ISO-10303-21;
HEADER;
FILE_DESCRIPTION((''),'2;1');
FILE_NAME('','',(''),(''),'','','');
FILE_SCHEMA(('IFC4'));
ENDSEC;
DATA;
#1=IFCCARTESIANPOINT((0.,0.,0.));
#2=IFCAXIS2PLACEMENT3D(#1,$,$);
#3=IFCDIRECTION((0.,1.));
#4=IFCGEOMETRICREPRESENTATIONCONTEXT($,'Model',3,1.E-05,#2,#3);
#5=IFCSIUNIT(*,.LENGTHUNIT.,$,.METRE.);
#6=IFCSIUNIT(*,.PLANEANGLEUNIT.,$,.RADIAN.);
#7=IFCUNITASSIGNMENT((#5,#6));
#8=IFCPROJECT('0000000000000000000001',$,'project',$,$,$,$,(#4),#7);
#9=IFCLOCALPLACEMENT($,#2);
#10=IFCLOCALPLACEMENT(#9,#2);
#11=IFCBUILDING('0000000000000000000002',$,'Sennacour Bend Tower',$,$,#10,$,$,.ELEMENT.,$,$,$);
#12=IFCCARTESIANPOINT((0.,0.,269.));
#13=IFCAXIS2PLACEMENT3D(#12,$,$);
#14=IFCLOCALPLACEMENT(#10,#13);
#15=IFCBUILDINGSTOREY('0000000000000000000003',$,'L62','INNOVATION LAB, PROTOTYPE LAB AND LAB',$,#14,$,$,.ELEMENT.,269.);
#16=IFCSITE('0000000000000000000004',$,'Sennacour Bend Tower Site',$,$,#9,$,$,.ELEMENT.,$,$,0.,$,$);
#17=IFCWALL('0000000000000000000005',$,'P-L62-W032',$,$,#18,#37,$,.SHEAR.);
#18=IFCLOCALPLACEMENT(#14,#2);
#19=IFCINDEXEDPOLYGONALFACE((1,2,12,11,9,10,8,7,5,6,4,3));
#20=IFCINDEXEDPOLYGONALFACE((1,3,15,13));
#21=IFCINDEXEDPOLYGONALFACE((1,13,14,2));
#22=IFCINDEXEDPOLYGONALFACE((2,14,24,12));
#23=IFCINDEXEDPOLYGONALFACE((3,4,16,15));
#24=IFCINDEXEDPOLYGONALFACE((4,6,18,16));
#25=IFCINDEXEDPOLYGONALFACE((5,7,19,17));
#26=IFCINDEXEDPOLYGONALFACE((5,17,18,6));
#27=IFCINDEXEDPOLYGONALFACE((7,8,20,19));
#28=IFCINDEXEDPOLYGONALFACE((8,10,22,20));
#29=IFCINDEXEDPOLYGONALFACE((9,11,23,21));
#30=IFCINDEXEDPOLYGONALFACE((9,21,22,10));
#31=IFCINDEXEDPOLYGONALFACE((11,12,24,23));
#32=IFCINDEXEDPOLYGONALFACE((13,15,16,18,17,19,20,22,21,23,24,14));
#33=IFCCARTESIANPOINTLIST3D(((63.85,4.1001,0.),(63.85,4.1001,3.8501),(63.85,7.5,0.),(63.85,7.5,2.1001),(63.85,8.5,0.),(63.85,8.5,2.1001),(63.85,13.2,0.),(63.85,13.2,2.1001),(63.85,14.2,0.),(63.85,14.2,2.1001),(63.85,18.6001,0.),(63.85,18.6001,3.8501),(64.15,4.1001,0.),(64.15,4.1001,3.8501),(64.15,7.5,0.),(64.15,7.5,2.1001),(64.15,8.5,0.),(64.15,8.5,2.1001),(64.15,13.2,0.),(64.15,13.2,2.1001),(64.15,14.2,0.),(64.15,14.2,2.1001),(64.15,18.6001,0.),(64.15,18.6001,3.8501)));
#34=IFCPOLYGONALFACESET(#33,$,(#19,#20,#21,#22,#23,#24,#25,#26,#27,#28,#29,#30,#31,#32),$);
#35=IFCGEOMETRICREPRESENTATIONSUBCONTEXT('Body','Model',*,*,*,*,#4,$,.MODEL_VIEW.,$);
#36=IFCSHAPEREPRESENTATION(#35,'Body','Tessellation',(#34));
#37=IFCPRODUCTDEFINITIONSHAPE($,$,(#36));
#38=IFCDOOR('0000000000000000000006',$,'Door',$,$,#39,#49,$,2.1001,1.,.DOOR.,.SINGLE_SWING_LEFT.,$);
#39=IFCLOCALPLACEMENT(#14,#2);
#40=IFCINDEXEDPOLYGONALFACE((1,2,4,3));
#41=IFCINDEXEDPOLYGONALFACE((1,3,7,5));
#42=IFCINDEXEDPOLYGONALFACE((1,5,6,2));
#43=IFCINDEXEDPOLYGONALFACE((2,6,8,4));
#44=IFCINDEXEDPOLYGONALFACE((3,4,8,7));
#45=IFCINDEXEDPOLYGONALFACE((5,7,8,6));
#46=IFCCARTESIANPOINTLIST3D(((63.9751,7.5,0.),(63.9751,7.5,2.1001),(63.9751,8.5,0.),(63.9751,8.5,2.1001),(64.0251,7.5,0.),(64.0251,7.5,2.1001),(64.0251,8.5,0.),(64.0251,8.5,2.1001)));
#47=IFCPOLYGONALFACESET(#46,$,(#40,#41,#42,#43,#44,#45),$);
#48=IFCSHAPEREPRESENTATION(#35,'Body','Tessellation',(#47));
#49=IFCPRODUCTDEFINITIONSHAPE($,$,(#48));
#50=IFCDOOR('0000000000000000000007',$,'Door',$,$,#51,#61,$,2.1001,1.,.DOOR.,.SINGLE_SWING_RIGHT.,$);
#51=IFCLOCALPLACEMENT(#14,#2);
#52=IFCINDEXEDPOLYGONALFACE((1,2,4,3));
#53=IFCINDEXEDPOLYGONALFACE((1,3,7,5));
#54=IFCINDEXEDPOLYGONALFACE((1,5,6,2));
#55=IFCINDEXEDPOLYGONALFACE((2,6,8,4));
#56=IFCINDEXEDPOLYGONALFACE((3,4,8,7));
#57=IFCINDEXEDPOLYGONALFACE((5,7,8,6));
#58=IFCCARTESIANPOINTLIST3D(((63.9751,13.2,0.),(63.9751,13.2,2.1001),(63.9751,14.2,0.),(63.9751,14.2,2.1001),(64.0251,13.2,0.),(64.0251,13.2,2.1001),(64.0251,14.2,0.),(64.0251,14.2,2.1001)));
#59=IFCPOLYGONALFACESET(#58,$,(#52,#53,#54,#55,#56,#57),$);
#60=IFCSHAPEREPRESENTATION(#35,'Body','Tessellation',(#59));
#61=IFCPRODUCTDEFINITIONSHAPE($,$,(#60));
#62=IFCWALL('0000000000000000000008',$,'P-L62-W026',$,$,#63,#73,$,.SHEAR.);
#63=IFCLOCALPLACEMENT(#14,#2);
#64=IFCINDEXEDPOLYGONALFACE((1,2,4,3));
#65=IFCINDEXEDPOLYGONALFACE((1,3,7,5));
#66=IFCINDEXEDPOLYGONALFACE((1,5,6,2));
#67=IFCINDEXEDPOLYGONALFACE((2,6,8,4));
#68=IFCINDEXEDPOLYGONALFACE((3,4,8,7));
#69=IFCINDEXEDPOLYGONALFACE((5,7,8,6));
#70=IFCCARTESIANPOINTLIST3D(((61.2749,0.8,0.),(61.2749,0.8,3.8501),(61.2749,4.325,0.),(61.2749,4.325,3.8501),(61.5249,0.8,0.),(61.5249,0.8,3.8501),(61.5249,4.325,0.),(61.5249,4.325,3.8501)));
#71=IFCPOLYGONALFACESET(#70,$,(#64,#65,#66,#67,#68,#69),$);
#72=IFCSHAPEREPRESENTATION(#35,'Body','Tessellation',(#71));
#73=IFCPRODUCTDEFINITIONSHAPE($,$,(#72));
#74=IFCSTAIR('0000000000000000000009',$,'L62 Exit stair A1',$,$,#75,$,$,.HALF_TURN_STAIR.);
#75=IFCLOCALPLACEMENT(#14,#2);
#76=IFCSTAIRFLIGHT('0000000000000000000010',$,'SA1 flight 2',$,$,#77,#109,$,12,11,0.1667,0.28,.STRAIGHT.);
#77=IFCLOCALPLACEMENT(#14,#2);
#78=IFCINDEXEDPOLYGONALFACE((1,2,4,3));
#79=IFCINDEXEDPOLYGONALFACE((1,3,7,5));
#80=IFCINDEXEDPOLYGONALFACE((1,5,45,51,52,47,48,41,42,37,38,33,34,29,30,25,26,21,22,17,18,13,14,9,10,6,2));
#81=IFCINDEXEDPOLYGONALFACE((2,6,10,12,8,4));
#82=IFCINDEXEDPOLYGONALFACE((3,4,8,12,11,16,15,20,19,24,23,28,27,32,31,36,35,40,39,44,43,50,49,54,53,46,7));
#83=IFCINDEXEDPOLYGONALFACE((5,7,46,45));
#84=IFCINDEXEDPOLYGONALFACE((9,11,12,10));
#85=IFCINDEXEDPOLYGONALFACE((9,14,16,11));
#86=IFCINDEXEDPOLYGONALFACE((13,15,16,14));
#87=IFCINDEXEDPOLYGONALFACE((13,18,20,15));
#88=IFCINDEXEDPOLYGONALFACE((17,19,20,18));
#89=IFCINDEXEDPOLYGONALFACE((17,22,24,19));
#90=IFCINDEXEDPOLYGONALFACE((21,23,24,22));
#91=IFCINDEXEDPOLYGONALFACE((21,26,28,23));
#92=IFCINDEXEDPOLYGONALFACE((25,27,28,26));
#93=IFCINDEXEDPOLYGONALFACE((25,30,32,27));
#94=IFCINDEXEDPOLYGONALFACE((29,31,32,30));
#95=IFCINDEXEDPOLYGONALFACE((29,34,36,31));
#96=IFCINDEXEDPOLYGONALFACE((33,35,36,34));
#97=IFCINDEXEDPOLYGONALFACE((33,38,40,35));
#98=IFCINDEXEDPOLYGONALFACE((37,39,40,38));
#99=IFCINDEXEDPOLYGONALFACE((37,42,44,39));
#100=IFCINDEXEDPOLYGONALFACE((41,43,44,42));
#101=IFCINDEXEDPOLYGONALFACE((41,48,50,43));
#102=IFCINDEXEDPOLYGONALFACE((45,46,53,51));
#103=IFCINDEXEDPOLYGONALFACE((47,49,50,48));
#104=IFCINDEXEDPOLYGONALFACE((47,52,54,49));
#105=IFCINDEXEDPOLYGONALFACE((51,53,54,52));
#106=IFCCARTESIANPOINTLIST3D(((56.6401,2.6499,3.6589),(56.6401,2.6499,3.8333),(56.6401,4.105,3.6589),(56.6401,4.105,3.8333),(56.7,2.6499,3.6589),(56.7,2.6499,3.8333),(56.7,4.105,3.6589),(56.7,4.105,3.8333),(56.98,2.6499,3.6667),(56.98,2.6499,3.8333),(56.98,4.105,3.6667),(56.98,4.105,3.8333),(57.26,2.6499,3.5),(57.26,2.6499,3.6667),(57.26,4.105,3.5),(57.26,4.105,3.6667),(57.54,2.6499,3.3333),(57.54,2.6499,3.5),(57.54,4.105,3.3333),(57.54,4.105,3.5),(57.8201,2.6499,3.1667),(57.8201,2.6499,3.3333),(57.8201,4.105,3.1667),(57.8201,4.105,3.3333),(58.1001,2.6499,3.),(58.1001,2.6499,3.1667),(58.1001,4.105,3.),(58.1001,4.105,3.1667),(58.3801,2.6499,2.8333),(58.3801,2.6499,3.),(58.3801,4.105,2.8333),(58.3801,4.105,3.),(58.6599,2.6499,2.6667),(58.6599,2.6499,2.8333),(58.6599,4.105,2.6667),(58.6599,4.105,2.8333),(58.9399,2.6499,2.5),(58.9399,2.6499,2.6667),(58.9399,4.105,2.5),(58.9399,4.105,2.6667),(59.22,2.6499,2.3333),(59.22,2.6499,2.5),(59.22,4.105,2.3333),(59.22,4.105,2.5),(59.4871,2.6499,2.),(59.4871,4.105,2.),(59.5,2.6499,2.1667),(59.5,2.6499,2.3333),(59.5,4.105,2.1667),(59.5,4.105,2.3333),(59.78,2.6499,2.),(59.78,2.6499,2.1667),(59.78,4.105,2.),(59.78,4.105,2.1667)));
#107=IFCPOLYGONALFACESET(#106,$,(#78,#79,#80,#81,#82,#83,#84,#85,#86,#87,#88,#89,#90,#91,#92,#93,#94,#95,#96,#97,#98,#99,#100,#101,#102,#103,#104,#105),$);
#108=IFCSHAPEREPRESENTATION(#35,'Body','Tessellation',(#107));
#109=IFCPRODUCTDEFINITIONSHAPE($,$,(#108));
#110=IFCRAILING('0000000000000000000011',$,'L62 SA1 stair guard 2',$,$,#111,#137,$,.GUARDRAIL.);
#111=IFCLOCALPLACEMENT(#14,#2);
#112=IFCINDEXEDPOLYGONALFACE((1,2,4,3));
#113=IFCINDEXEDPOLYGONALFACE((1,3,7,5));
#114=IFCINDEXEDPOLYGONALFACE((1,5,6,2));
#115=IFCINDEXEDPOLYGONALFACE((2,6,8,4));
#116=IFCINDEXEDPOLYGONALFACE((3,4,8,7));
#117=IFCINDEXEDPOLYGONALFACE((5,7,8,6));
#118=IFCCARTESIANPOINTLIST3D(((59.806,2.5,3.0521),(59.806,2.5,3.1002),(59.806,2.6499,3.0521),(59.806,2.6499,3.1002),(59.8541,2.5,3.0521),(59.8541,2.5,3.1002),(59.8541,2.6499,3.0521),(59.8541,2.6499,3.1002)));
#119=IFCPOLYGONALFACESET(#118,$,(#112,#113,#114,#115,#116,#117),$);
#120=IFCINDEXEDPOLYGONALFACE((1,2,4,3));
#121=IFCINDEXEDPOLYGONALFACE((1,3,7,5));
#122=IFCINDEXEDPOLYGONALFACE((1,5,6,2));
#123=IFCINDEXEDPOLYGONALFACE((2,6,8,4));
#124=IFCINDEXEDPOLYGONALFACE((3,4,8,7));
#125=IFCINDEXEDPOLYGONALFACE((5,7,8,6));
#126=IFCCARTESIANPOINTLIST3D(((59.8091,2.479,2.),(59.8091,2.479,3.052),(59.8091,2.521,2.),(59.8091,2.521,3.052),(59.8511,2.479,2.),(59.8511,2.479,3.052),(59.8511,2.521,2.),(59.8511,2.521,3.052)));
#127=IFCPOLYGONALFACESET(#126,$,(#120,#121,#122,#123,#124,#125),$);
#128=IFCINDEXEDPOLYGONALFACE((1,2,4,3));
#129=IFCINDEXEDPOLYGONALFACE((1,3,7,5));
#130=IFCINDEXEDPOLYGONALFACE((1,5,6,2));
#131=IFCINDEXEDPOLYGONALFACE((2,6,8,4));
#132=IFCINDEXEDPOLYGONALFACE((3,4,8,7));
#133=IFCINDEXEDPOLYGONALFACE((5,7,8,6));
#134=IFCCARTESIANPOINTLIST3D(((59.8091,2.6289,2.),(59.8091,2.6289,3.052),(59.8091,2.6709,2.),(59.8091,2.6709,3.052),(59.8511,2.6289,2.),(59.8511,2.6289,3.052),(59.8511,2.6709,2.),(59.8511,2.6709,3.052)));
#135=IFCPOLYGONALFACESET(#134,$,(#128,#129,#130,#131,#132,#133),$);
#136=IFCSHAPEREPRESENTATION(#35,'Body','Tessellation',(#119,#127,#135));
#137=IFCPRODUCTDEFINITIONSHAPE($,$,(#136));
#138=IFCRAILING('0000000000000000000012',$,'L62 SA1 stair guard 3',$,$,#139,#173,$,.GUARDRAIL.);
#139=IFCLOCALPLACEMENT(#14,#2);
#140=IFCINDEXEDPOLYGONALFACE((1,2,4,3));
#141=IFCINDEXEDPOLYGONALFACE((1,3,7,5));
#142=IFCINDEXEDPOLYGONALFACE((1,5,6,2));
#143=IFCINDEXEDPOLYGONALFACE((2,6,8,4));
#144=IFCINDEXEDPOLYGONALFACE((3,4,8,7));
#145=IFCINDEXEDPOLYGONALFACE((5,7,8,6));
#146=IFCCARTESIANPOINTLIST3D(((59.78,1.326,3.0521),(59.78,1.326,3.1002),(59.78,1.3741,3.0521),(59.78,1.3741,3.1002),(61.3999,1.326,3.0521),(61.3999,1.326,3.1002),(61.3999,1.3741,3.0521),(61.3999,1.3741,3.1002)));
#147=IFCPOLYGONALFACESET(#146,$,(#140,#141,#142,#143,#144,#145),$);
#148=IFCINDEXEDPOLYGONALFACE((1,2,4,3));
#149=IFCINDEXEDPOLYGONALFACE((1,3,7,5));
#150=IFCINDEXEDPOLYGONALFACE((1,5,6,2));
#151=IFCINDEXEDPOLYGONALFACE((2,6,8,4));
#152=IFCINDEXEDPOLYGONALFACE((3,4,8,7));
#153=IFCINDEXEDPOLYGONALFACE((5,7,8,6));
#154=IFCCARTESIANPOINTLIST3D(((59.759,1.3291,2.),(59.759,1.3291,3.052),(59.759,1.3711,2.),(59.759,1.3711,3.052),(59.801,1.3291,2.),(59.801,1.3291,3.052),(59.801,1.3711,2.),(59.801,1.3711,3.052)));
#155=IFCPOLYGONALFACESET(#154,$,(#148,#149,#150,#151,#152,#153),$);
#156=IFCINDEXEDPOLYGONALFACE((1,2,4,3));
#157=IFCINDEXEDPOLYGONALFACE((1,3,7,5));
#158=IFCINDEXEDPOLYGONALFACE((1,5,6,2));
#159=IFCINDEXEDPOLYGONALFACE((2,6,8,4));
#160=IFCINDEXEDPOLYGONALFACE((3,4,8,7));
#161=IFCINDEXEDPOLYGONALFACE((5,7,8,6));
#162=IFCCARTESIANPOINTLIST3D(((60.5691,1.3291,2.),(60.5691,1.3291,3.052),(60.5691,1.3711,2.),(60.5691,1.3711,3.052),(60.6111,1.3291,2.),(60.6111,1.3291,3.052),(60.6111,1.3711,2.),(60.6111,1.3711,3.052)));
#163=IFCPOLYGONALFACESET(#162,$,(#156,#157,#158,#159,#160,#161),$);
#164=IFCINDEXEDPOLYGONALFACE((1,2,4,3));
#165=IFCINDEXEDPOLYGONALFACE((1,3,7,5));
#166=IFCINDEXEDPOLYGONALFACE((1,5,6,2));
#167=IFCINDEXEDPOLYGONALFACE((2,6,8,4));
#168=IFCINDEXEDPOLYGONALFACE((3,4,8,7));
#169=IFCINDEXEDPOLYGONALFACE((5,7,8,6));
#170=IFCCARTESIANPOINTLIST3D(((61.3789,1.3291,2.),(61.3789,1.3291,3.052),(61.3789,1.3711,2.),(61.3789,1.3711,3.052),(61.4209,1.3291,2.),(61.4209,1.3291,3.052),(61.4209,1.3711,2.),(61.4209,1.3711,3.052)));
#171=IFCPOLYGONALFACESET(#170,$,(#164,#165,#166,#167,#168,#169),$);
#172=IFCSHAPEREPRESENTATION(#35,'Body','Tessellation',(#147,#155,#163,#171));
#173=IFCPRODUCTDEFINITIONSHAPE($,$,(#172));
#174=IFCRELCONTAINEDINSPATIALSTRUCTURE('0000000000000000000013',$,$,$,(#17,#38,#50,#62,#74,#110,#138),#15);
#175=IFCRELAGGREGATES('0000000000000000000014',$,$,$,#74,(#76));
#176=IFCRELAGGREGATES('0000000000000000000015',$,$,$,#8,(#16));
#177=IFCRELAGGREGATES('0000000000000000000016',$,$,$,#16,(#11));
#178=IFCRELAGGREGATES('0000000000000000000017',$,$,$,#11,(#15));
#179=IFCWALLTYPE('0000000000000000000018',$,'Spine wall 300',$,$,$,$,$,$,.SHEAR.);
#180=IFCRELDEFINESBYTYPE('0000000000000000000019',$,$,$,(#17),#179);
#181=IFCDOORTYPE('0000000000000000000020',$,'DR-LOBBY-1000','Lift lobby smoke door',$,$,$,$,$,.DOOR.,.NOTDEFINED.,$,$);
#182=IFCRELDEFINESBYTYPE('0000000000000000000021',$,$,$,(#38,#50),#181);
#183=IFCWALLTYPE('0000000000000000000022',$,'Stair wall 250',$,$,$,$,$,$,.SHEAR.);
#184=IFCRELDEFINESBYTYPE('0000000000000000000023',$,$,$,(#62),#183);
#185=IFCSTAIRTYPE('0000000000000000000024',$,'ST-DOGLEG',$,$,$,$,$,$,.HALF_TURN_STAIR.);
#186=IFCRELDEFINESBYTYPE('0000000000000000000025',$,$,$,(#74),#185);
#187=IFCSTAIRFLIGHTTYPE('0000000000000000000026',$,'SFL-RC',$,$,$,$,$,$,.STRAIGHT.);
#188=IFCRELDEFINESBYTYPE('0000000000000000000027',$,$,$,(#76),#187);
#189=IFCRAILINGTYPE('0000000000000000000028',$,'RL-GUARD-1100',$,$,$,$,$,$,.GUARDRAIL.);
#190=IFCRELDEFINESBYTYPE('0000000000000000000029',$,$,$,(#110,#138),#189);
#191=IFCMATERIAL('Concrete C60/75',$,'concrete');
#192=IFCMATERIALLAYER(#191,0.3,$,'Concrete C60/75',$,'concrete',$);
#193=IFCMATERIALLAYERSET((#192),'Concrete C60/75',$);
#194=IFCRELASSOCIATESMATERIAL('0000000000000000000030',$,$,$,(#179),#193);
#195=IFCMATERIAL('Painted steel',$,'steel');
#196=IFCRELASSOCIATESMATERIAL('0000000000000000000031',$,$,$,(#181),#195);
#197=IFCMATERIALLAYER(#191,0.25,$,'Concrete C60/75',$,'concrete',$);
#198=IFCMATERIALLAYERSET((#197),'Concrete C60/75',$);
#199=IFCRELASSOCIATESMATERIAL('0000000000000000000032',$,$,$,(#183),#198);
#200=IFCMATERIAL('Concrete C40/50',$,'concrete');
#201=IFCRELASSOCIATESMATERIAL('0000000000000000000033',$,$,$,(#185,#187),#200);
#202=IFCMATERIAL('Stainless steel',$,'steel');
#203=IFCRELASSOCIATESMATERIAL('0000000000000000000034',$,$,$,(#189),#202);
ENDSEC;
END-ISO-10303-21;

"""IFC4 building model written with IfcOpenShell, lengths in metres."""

from ifc_helpers import new_model, si_unit, direction, frame, frame_2d, origin, origin_2d, place, context, subcontext, project, spatial, polyline, rectangle, outline, extrude, material, layer, layer_set, type_object, element, fill, aggregate, save


model = new_model("IFC4")

# Units and contexts
model_context = context("Model", 3, precision=1e-05, world=origin(), true_north=direction((0.0, 1.0)))
body_context = subcontext(model_context, "Body", "Model", "MODEL_VIEW")
ifc_project = project(units=[si_unit("LENGTHUNIT", "METRE"), si_unit("PLANEANGLEUNIT", "RADIAN")], contexts=[model_context])

# Site, building, storey
site_placement = place(None, origin())
site = spatial("IfcSite", under=ifc_project, at=site_placement, Name="Sennacour Bend Tower Site", CompositionType="ELEMENT", RefElevation=0.0)
building_placement = place(site_placement, origin())
building = spatial("IfcBuilding", under=site, at=building_placement, Name="Sennacour Bend Tower", CompositionType="ELEMENT")
storey_placement = place(building_placement, frame((0.0, 0.0, 269.0)))
storey = spatial("IfcBuildingStorey", under=building, at=storey_placement, Name="L62", Description="INNOVATION LAB, PROTOTYPE LAB AND LAB", CompositionType="ELEMENT", Elevation=269.0)

# Shared definitions
ifc_material_1 = material(Name="Painted steel", Category="steel")

# Wall, openings, doors
ifc_material_2 = material(Name="Concrete C60/75", Category="concrete")
ifc_layer_1 = layer(ifc_material_2, 0.3, Name="Concrete C60/75", Category="concrete")
ifc_layer_set_1 = layer_set([ifc_layer_1], Name="Concrete C60/75")
wall_type_1 = type_object("IfcWallType", Name="Spine wall 300", PredefinedType="SHEAR", material=ifc_layer_set_1)
wall_1_placement = place(storey_placement, frame((64.0, 4.1001, 0.0), z_axis=(0.0, 0.0, 1.0), x_axis=(0.0, 1.0, 0.0)))
wall_1 = element("IfcWall", 1, at=wall_1_placement, inside=storey, type_object=wall_type_1, Name="P-L62-W032", PredefinedType="SHEAR", context=body_context, shape_type="SweptSolid", body=[
    extrude(rectangle(XDim=14.5, YDim=0.3, at=frame_2d((7.25, 0.0))), origin(), (0.0, 0.0, 1.0), 3.8501),
])
opening_1_placement = place(wall_1_placement, frame((3.3999, 0.0, 0.0)))
opening_1 = element("IfcOpeningElement", 2, at=opening_1_placement, cuts=wall_1, PredefinedType="OPENING", context=body_context, shape_type="SweptSolid", body=[
    extrude(rectangle(XDim=1.0, YDim=2.1001, at=frame_2d((0.5, 1.05))), frame((0.0, 0.1602, 0.0), z_axis=(0.0, -1.0, 0.0), x_axis=(1.0, 0.0, 0.0)), (0.0, 0.0, 1.0), 0.3201),
])
opening_2_placement = place(wall_1_placement, frame((9.0999, 0.0, 0.0)))
opening_2 = element("IfcOpeningElement", 3, at=opening_2_placement, cuts=wall_1, PredefinedType="OPENING", context=body_context, shape_type="SweptSolid", body=[
    extrude(rectangle(XDim=1.0, YDim=2.1001, at=frame_2d((0.5, 1.05))), frame((0.0, 0.1602, 0.0), z_axis=(0.0, -1.0, 0.0), x_axis=(1.0, 0.0, 0.0)), (0.0, 0.0, 1.0), 0.3201),
])
door_type_1 = type_object("IfcDoorType", Name="DR-LOBBY-1000", Description="Lift lobby smoke door", OperationType="NOTDEFINED", PredefinedType="DOOR", material=ifc_material_1)
door_1_placement = place(opening_1_placement, origin())
door_1 = element("IfcDoor", 4, at=door_1_placement, inside=storey, type_object=door_type_1, Name="Door", OperationType="SINGLE_SWING_LEFT", OverallHeight=2.1001, OverallWidth=1.0, PredefinedType="DOOR", context=body_context, shape_type="SweptSolid", body=[
    extrude(rectangle(XDim=1.0, YDim=2.1001, at=frame_2d((0.5, 1.05))), frame((0.0, 0.0249, 0.0), z_axis=(0.0, -1.0, 0.0), x_axis=(1.0, 0.0, 0.0)), (0.0, 0.0, 1.0), 0.05),
])
fill(opening_1, door_1)
door_2_placement = place(opening_2_placement, origin())
door_2 = element("IfcDoor", 5, at=door_2_placement, inside=storey, type_object=door_type_1, Name="Door", OperationType="SINGLE_SWING_RIGHT", OverallHeight=2.1001, OverallWidth=1.0, PredefinedType="DOOR", context=body_context, shape_type="SweptSolid", body=[
    extrude(rectangle(XDim=1.0, YDim=2.1001, at=frame_2d((0.5, 1.05))), frame((0.0, 0.0249, 0.0), z_axis=(0.0, -1.0, 0.0), x_axis=(1.0, 0.0, 0.0)), (0.0, 0.0, 1.0), 0.05),
])
fill(opening_2, door_2)

# Wall
ifc_layer_2 = layer(ifc_material_2, 0.25, Name="Concrete C60/75", Category="concrete")
ifc_layer_set_2 = layer_set([ifc_layer_2], Name="Concrete C60/75")
wall_type_2 = type_object("IfcWallType", Name="Stair wall 250", PredefinedType="SHEAR", material=ifc_layer_set_2)
wall_2_placement = place(storey_placement, frame((61.3999, 0.8, 0.0), z_axis=(0.0, 0.0, 1.0), x_axis=(0.0, 1.0, 0.0)))
element("IfcWall", 6, at=wall_2_placement, inside=storey, type_object=wall_type_2, Name="P-L62-W026", PredefinedType="SHEAR", context=body_context, shape_type="SweptSolid", body=[
    extrude(rectangle(XDim=3.5249, YDim=0.25, at=frame_2d((1.7625, 0.0))), origin(), (0.0, 0.0, 1.0), 3.8501),
])

# Stair, stair flight
ifc_material_3 = material(Name="Concrete C40/50", Category="concrete")
stair_type = type_object("IfcStairType", Name="ST-DOGLEG", PredefinedType="HALF_TURN_STAIR", material=ifc_material_3)
stair_placement = place(storey_placement, origin())
stair = element("IfcStair", 7, at=stair_placement, inside=storey, type_object=stair_type, Name="L62 Exit stair A1", PredefinedType="HALF_TURN_STAIR")
stair_flight_type = type_object("IfcStairFlightType", Name="SFL-RC", PredefinedType="STRAIGHT", material=ifc_material_3)
stair_flight_placement = place(storey_placement, frame((59.78, 3.3774, 2.0), z_axis=(0.0, 0.0, 1.0), x_axis=(-1.0, 0.0, 0.0)))
stair_flight = element("IfcStairFlight", 8, at=stair_flight_placement, type_object=stair_flight_type, Name="SA1 flight 2", NumberOfRisers=12, NumberOfTreads=11, PredefinedType="STRAIGHT", RiserHeight=0.1667, TreadLength=0.28, context=body_context, shape_type="SweptSolid", body=[
    extrude(outline(polyline([(0.0, 0.0), (0.0, 0.1667), (0.28, 0.1667), (0.28, 0.3333), (0.5601, 0.3333), (0.5601, 0.5), (0.8401, 0.5), (0.8401, 0.6667), (1.1201, 0.6667), (1.1201, 0.8333), (1.3999, 0.8333), (1.3999, 1.0), (1.6799, 1.0), (1.6799, 1.1667), (1.96, 1.1667), (1.96, 1.3333), (2.24, 1.3333), (2.24, 1.5), (2.52, 1.5), (2.52, 1.6667), (2.8, 1.6667), (2.8, 1.8333), (3.0801, 1.8333), (3.1399, 1.8333), (3.1399, 1.6589), (3.0801, 1.6589), (0.293, 0.0), (0.0, 0.0)])), frame((0.0, 0.7275, 0.0), z_axis=(0.0, -1.0, 0.0), x_axis=(1.0, 0.0, 0.0)), (0.0, 0.0, 1.0), 1.4551),
])
aggregate(stair, [stair_flight])

# Railings
ifc_material_4 = material(Name="Stainless steel", Category="steel")
railing_type_1 = type_object("IfcRailingType", Name="RL-GUARD-1100", PredefinedType="GUARDRAIL", material=ifc_material_4)
railing_1_placement = place(storey_placement, frame((59.8301, 2.5, 2.0)))
element("IfcRailing", 9, at=railing_1_placement, inside=storey, type_object=railing_type_1, Name="L62 SA1 stair guard 2", PredefinedType="GUARDRAIL", context=body_context, shape_type="SweptSolid", body=[
    extrude(rectangle(XDim=0.0481, YDim=0.0481, at=origin_2d()), frame((0.0, 0.0, 1.0762), z_axis=(0.0, 1.0, 0.0), x_axis=(-1.0, 0.0, 0.0)), (0.0, 0.0, 1.0), 0.1499),
    extrude(rectangle(XDim=0.042, YDim=0.042, at=origin_2d()), origin(), (0.0, 0.0, 1.0), 1.052),
    extrude(rectangle(XDim=0.042, YDim=0.042, at=origin_2d()), frame((0.0, 0.1499, 0.0)), (0.0, 0.0, 1.0), 1.052),
])
railing_2_placement = place(storey_placement, frame((59.78, 1.3501, 2.0)))
element("IfcRailing", 10, at=railing_2_placement, inside=storey, type_object=railing_type_1, Name="L62 SA1 stair guard 3", PredefinedType="GUARDRAIL", context=body_context, shape_type="SweptSolid", body=[
    extrude(rectangle(XDim=0.0481, YDim=0.0481, at=origin_2d()), frame((0.0, 0.0, 1.0762), z_axis=(1.0, 0.0, 0.0), x_axis=(0.0, 1.0, 0.0)), (0.0, 0.0, 1.0), 1.6199),
    extrude(rectangle(XDim=0.042, YDim=0.042, at=origin_2d()), origin(), (0.0, 0.0, 1.0), 1.052),
    extrude(rectangle(XDim=0.042, YDim=0.042, at=origin_2d()), frame((0.8101, 0.0, 0.0)), (0.0, 0.0, 1.0), 1.052),
    extrude(rectangle(XDim=0.042, YDim=0.042, at=origin_2d()), frame((1.6199, 0.0, 0.0)), (0.0, 0.0, 1.0), 1.052),
])

save(model, "model.ifc")
